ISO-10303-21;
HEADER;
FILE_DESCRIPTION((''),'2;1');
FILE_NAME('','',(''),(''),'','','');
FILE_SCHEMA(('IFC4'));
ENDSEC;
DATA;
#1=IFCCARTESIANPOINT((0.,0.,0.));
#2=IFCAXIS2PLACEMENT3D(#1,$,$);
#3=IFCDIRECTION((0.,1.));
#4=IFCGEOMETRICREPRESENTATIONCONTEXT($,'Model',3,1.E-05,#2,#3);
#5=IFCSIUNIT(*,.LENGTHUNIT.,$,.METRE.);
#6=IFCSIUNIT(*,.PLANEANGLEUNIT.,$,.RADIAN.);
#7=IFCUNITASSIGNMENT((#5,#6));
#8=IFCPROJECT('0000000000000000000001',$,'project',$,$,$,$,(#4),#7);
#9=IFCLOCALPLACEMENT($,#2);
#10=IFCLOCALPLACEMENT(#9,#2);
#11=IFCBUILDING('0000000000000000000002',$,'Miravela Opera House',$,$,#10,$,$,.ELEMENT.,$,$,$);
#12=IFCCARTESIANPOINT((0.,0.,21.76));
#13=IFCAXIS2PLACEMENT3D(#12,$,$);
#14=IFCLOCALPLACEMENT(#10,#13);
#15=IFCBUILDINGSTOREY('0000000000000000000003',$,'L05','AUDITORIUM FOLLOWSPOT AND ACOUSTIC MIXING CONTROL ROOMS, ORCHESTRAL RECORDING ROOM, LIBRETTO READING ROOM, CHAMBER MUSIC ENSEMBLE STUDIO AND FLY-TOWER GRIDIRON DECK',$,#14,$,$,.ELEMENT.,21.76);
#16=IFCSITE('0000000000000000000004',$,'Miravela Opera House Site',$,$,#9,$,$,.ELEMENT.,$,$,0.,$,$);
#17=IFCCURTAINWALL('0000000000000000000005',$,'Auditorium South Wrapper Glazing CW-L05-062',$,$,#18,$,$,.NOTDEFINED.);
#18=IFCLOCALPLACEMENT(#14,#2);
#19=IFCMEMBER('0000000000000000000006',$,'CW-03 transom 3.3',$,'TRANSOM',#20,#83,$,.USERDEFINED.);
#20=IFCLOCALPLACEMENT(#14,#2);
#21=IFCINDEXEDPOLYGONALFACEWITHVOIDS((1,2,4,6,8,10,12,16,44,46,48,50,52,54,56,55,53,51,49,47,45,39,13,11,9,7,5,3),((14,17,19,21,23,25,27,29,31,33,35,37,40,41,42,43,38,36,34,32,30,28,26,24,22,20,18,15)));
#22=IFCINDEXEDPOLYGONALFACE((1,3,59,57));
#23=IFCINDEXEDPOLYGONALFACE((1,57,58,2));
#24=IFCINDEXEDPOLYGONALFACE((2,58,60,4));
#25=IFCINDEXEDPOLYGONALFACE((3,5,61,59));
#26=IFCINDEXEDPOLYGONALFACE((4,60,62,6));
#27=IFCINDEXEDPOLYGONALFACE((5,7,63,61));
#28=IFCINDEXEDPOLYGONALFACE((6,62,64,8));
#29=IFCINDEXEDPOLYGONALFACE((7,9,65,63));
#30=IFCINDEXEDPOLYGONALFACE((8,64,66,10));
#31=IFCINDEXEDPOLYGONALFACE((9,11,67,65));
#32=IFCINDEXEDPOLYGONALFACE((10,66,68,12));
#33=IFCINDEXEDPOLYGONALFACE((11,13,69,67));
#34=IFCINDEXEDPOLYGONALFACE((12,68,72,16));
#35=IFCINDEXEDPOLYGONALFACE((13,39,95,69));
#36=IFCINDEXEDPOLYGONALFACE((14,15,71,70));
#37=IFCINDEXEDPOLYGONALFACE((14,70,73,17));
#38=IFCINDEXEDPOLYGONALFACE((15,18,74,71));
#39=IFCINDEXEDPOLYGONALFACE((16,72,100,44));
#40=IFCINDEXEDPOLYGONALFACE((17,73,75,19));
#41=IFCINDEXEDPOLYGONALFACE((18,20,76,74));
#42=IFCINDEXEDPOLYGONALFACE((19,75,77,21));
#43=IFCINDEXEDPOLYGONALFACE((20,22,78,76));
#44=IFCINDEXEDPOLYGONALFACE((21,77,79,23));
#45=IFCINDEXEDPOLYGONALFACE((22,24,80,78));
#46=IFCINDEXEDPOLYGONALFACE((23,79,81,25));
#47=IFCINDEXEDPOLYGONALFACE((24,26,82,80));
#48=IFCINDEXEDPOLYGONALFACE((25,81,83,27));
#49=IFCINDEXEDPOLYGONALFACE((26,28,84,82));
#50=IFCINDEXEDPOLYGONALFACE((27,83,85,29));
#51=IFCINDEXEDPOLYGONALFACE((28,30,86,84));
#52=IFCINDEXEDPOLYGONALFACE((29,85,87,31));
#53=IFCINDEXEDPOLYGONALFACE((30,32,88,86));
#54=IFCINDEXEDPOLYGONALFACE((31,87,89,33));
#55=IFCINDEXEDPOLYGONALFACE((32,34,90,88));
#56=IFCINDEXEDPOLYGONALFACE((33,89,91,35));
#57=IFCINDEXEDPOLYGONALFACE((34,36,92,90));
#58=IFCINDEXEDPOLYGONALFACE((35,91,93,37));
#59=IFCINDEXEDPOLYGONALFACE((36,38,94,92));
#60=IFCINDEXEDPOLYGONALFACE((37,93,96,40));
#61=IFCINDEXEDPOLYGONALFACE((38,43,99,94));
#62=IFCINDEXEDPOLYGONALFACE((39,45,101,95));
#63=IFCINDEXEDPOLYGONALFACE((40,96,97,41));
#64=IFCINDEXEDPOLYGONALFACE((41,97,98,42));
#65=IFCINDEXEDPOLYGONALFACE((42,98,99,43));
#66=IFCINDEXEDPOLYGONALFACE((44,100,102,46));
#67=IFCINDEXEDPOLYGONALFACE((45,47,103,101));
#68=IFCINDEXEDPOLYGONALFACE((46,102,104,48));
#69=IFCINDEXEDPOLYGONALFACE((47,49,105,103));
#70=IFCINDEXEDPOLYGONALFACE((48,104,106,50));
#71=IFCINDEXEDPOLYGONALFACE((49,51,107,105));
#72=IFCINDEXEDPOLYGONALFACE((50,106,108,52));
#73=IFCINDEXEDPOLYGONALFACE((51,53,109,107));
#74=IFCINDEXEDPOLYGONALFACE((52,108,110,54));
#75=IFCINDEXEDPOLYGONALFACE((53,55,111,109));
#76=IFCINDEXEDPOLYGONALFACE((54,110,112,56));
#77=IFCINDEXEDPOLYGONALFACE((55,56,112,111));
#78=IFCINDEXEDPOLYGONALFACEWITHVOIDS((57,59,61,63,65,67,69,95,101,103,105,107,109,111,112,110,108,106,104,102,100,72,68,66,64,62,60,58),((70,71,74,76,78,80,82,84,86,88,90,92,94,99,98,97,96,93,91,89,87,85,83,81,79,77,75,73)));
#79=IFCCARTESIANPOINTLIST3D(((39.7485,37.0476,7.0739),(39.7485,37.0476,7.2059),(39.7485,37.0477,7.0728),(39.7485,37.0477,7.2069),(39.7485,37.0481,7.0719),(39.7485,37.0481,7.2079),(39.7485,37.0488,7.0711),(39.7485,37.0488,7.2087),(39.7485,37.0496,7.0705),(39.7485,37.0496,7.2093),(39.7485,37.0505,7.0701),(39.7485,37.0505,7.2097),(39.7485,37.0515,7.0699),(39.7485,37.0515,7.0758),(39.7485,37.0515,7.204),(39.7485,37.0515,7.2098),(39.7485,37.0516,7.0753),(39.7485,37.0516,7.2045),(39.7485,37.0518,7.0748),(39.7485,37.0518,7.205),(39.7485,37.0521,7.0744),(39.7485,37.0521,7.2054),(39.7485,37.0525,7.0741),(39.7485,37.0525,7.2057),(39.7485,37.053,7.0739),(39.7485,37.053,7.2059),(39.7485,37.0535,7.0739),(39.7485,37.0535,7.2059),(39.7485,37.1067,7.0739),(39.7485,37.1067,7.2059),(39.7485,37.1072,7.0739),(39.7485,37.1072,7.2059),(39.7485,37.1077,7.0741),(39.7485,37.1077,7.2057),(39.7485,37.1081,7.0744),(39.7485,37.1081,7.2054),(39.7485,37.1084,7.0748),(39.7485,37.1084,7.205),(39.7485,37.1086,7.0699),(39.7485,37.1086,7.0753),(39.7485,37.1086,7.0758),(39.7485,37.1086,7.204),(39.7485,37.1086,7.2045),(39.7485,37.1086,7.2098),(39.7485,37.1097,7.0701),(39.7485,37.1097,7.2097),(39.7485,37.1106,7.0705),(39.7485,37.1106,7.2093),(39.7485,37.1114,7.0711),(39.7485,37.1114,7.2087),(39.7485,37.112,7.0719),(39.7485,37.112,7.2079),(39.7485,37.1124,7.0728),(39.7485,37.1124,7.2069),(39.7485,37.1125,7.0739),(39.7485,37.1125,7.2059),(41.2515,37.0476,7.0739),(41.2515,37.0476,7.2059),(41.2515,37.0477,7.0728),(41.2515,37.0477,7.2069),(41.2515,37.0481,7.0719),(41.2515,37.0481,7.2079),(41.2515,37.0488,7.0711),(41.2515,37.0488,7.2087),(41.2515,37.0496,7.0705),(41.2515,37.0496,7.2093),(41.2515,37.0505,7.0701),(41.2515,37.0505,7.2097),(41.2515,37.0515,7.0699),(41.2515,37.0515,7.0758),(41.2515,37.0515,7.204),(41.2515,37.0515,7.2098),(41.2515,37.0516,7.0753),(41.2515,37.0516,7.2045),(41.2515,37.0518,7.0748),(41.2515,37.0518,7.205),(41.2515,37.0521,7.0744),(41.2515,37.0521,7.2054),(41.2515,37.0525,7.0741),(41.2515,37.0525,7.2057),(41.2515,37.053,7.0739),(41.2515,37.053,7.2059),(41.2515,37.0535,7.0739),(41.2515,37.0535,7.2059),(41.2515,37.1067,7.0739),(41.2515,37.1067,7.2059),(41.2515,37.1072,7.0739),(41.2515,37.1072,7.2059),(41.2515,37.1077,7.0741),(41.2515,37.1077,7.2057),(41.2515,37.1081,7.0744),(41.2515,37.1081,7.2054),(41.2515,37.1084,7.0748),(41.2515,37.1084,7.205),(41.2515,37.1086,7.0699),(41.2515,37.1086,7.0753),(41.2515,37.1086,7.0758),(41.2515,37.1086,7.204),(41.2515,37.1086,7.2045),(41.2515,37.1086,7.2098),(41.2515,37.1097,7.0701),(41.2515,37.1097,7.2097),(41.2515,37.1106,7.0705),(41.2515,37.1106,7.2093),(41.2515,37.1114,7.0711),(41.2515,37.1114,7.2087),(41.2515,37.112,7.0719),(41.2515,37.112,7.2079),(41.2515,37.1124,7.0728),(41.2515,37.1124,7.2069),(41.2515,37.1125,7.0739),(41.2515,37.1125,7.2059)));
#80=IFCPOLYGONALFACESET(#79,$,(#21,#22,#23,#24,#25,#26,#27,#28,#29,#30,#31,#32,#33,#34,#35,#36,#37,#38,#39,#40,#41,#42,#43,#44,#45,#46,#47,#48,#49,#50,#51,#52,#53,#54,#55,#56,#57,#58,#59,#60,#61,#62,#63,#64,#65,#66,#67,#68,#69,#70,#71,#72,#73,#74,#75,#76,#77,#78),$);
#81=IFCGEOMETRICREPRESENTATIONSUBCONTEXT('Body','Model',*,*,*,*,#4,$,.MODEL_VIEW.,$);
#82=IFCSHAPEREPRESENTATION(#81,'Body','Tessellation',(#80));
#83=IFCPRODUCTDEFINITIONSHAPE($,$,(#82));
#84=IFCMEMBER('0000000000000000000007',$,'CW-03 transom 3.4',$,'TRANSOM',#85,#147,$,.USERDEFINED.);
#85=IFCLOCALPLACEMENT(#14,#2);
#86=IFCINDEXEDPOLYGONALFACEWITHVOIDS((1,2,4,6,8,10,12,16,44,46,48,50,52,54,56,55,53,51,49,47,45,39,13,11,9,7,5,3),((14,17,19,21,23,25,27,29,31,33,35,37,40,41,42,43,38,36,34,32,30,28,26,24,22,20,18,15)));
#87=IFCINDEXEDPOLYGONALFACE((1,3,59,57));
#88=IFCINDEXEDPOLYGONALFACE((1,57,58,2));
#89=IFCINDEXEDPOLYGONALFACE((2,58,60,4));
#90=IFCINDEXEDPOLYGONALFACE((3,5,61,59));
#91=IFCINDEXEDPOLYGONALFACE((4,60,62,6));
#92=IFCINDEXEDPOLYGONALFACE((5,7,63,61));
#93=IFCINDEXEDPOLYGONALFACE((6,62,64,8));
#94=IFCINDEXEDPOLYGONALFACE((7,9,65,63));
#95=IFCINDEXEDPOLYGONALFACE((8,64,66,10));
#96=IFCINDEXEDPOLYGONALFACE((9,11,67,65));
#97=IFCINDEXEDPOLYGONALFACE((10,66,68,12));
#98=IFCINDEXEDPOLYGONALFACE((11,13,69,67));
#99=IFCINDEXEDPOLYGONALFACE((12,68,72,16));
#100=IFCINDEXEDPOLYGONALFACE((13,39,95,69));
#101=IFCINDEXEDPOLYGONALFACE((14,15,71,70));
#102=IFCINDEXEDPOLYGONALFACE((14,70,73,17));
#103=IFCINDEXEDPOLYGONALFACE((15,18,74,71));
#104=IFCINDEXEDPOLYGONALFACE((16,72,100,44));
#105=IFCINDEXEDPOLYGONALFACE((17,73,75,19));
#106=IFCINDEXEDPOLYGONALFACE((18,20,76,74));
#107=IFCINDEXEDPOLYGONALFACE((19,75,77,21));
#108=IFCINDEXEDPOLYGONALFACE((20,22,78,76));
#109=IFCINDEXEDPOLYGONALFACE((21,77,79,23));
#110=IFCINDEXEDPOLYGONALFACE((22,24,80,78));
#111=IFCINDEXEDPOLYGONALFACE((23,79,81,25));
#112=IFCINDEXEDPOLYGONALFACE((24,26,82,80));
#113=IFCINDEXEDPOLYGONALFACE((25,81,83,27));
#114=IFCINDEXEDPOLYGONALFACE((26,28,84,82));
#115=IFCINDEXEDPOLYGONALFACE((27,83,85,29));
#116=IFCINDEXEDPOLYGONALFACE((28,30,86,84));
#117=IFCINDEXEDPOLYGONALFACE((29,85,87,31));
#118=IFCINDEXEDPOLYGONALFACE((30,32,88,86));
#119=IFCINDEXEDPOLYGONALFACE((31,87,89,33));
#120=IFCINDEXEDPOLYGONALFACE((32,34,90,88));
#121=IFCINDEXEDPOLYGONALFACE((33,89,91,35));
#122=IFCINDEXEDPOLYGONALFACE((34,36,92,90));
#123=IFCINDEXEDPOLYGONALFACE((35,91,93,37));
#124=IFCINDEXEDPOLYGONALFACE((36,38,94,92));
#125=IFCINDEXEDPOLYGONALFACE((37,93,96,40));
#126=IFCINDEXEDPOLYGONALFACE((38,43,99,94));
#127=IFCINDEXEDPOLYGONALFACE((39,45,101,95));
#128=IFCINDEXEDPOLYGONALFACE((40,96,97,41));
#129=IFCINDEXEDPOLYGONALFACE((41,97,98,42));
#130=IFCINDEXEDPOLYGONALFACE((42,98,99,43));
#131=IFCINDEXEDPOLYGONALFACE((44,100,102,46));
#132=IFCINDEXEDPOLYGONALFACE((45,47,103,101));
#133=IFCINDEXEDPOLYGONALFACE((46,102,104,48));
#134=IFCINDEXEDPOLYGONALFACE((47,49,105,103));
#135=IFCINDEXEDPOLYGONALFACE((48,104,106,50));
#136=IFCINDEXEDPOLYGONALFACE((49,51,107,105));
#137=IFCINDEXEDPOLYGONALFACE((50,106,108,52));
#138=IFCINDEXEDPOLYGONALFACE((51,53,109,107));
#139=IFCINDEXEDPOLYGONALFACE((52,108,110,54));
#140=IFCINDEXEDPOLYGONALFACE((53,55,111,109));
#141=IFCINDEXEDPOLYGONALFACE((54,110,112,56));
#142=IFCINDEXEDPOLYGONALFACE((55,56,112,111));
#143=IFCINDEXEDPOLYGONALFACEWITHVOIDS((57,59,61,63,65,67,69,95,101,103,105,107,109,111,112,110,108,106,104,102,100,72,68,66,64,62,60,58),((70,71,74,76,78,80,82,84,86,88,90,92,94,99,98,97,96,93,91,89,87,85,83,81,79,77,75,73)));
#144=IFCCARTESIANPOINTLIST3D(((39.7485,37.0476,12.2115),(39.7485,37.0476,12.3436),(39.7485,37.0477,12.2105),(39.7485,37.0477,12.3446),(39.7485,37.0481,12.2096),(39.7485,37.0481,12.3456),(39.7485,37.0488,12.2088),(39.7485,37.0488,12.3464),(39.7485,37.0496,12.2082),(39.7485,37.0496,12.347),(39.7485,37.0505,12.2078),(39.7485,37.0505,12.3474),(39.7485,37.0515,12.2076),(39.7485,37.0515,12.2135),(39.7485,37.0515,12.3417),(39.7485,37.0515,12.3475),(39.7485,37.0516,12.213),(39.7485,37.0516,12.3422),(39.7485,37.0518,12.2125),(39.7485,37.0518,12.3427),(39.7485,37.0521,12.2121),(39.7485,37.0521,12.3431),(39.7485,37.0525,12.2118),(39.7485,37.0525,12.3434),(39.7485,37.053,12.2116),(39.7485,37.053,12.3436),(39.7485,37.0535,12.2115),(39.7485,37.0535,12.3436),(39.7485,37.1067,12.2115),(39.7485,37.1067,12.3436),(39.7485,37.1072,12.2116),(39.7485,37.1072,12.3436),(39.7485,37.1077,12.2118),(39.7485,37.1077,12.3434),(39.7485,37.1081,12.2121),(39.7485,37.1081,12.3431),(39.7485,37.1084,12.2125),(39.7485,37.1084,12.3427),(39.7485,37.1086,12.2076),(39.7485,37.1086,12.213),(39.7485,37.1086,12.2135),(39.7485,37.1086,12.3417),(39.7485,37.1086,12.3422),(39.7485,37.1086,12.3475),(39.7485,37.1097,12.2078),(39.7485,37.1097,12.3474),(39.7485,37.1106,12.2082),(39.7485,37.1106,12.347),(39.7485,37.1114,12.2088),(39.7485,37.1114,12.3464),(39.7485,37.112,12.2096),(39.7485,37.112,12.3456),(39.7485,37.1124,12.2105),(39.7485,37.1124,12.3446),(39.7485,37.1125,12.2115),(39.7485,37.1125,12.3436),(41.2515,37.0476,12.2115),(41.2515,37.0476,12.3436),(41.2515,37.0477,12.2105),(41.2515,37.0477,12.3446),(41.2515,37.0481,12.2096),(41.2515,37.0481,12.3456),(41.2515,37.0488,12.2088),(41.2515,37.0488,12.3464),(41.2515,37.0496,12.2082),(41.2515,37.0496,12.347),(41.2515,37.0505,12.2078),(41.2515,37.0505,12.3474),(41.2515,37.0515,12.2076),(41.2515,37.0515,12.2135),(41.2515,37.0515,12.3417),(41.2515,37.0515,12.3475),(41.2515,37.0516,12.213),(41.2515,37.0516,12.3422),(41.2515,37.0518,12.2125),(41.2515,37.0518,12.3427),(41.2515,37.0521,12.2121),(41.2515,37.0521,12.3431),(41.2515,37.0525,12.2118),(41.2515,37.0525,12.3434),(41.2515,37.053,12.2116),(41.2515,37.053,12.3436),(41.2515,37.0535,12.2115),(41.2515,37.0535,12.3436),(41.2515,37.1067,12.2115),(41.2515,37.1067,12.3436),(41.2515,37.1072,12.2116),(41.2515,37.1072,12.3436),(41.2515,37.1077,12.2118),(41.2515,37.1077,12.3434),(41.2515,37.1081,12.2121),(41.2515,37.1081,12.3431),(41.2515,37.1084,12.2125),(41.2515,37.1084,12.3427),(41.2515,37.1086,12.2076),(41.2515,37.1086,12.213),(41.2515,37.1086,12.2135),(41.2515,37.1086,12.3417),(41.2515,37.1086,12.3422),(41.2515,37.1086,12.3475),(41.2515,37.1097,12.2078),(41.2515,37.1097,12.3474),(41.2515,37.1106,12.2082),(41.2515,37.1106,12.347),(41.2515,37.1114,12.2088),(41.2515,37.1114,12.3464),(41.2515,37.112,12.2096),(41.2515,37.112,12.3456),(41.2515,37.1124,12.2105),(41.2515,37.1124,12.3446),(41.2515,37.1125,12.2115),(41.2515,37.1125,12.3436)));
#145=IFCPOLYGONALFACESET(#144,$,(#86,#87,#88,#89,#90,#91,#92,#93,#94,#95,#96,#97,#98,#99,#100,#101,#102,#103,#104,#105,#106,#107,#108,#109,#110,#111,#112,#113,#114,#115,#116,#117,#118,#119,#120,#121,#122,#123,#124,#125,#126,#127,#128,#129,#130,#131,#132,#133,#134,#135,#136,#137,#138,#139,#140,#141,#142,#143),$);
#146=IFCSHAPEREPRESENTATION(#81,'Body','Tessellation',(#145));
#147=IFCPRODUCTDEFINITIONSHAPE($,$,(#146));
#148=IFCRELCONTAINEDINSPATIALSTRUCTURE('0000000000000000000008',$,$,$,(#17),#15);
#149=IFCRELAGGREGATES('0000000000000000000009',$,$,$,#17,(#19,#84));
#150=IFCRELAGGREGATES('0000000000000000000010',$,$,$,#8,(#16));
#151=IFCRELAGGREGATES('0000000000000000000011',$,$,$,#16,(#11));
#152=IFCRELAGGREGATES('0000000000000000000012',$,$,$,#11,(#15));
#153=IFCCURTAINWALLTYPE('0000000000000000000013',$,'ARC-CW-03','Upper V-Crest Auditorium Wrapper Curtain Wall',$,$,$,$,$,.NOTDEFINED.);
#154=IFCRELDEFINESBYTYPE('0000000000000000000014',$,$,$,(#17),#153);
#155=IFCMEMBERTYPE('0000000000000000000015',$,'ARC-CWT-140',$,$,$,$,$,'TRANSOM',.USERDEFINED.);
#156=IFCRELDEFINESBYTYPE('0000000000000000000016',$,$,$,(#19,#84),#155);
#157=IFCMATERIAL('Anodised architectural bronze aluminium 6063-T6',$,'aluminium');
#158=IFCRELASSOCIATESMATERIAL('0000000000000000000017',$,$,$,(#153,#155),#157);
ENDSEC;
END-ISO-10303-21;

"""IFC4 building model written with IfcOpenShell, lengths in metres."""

from ifc_helpers import new_model, si_unit, direction, frame, origin, origin_2d, place, context, subcontext, project, spatial, hollow_rectangle, extrude, material, material_profile, profile_set, type_object, element, aggregate, save


model = new_model("IFC4")

# Units and contexts
model_context = context("Model", 3, precision=1e-05, world=origin(), true_north=direction((0.0, 1.0)))
body_context = subcontext(model_context, "Body", "Model", "MODEL_VIEW")
ifc_project = project(units=[si_unit("LENGTHUNIT", "METRE"), si_unit("PLANEANGLEUNIT", "RADIAN")], contexts=[model_context])

# Site, building, storey
site_placement = place(None, origin())
site = spatial("IfcSite", under=ifc_project, at=site_placement, Name="Miravela Opera House Site", CompositionType="ELEMENT", RefElevation=0.0)
building_placement = place(site_placement, origin())
building = spatial("IfcBuilding", under=site, at=building_placement, Name="Miravela Opera House", CompositionType="ELEMENT")
storey_placement = place(building_placement, frame((0.0, 0.0, 21.76)))
storey = spatial("IfcBuildingStorey", under=building, at=storey_placement, Name="L05", Description="AUDITORIUM FOLLOWSPOT AND ACOUSTIC MIXING CONTROL ROOMS, ORCHESTRAL RECORDING ROOM, LIBRETTO READING ROOM, CHAMBER MUSIC ENSEMBLE STUDIO AND FLY-TOWER GRIDIRON DECK", CompositionType="ELEMENT", Elevation=21.76)

# Curtain wall, members
ifc_material_1 = material(Name="Anodised architectural bronze aluminium 6063-T6", Category="aluminium")
curtain_wall_type = type_object("IfcCurtainWallType", Name="ARC-CW-03", Description="Upper V-Crest Auditorium Wrapper Curtain Wall", PredefinedType="NOTDEFINED", material=ifc_material_1)
curtain_wall_placement = place(storey_placement, origin())
curtain_wall = element("IfcCurtainWall", 1, at=curtain_wall_placement, inside=storey, type_object=curtain_wall_type, Name="Auditorium South Wrapper Glazing CW-L05-062", PredefinedType="NOTDEFINED")
ifc_material_profile = material_profile(ifc_material_1, hollow_rectangle(XDim=0.0649, YDim=0.1399, WallThickness=0.0039, InnerFilletRadius=0.002, OuterFilletRadius=0.0039, at=origin_2d()), Name="CWT-65X140")
ifc_profile_set = profile_set([ifc_material_profile])
member_type = type_object("IfcMemberType", Name="ARC-CWT-140", ElementType="TRANSOM", PredefinedType="USERDEFINED", material=ifc_profile_set)
member_1_placement = place(storey_placement, frame((39.7485, 37.0801, 7.1399), z_axis=(1.0, 0.0, 0.0), x_axis=(0.0, 1.0, 0.0)))
member_1 = element("IfcMember", 2, at=member_1_placement, type_object=member_type, Name="CW-03 transom 3.3", ObjectType="TRANSOM", PredefinedType="USERDEFINED", context=body_context, shape_type="SweptSolid", body=[
    extrude(hollow_rectangle(XDim=0.0649, YDim=0.1399, WallThickness=0.0039, InnerFilletRadius=0.002, OuterFilletRadius=0.0039, at=origin_2d()), origin(), (0.0, 0.0, 1.0), 1.5029),
])
member_2_placement = place(storey_placement, frame((39.7485, 37.0801, 12.2776), z_axis=(1.0, 0.0, 0.0), x_axis=(0.0, 1.0, 0.0)))
member_2 = element("IfcMember", 3, at=member_2_placement, type_object=member_type, Name="CW-03 transom 3.4", ObjectType="TRANSOM", PredefinedType="USERDEFINED", context=body_context, shape_type="SweptSolid", body=[
    extrude(hollow_rectangle(XDim=0.0649, YDim=0.1399, WallThickness=0.0039, InnerFilletRadius=0.002, OuterFilletRadius=0.0039, at=origin_2d()), origin(), (0.0, 0.0, 1.0), 1.5029),
])
aggregate(curtain_wall, [member_1, member_2])

save(model, "model.ifc")
